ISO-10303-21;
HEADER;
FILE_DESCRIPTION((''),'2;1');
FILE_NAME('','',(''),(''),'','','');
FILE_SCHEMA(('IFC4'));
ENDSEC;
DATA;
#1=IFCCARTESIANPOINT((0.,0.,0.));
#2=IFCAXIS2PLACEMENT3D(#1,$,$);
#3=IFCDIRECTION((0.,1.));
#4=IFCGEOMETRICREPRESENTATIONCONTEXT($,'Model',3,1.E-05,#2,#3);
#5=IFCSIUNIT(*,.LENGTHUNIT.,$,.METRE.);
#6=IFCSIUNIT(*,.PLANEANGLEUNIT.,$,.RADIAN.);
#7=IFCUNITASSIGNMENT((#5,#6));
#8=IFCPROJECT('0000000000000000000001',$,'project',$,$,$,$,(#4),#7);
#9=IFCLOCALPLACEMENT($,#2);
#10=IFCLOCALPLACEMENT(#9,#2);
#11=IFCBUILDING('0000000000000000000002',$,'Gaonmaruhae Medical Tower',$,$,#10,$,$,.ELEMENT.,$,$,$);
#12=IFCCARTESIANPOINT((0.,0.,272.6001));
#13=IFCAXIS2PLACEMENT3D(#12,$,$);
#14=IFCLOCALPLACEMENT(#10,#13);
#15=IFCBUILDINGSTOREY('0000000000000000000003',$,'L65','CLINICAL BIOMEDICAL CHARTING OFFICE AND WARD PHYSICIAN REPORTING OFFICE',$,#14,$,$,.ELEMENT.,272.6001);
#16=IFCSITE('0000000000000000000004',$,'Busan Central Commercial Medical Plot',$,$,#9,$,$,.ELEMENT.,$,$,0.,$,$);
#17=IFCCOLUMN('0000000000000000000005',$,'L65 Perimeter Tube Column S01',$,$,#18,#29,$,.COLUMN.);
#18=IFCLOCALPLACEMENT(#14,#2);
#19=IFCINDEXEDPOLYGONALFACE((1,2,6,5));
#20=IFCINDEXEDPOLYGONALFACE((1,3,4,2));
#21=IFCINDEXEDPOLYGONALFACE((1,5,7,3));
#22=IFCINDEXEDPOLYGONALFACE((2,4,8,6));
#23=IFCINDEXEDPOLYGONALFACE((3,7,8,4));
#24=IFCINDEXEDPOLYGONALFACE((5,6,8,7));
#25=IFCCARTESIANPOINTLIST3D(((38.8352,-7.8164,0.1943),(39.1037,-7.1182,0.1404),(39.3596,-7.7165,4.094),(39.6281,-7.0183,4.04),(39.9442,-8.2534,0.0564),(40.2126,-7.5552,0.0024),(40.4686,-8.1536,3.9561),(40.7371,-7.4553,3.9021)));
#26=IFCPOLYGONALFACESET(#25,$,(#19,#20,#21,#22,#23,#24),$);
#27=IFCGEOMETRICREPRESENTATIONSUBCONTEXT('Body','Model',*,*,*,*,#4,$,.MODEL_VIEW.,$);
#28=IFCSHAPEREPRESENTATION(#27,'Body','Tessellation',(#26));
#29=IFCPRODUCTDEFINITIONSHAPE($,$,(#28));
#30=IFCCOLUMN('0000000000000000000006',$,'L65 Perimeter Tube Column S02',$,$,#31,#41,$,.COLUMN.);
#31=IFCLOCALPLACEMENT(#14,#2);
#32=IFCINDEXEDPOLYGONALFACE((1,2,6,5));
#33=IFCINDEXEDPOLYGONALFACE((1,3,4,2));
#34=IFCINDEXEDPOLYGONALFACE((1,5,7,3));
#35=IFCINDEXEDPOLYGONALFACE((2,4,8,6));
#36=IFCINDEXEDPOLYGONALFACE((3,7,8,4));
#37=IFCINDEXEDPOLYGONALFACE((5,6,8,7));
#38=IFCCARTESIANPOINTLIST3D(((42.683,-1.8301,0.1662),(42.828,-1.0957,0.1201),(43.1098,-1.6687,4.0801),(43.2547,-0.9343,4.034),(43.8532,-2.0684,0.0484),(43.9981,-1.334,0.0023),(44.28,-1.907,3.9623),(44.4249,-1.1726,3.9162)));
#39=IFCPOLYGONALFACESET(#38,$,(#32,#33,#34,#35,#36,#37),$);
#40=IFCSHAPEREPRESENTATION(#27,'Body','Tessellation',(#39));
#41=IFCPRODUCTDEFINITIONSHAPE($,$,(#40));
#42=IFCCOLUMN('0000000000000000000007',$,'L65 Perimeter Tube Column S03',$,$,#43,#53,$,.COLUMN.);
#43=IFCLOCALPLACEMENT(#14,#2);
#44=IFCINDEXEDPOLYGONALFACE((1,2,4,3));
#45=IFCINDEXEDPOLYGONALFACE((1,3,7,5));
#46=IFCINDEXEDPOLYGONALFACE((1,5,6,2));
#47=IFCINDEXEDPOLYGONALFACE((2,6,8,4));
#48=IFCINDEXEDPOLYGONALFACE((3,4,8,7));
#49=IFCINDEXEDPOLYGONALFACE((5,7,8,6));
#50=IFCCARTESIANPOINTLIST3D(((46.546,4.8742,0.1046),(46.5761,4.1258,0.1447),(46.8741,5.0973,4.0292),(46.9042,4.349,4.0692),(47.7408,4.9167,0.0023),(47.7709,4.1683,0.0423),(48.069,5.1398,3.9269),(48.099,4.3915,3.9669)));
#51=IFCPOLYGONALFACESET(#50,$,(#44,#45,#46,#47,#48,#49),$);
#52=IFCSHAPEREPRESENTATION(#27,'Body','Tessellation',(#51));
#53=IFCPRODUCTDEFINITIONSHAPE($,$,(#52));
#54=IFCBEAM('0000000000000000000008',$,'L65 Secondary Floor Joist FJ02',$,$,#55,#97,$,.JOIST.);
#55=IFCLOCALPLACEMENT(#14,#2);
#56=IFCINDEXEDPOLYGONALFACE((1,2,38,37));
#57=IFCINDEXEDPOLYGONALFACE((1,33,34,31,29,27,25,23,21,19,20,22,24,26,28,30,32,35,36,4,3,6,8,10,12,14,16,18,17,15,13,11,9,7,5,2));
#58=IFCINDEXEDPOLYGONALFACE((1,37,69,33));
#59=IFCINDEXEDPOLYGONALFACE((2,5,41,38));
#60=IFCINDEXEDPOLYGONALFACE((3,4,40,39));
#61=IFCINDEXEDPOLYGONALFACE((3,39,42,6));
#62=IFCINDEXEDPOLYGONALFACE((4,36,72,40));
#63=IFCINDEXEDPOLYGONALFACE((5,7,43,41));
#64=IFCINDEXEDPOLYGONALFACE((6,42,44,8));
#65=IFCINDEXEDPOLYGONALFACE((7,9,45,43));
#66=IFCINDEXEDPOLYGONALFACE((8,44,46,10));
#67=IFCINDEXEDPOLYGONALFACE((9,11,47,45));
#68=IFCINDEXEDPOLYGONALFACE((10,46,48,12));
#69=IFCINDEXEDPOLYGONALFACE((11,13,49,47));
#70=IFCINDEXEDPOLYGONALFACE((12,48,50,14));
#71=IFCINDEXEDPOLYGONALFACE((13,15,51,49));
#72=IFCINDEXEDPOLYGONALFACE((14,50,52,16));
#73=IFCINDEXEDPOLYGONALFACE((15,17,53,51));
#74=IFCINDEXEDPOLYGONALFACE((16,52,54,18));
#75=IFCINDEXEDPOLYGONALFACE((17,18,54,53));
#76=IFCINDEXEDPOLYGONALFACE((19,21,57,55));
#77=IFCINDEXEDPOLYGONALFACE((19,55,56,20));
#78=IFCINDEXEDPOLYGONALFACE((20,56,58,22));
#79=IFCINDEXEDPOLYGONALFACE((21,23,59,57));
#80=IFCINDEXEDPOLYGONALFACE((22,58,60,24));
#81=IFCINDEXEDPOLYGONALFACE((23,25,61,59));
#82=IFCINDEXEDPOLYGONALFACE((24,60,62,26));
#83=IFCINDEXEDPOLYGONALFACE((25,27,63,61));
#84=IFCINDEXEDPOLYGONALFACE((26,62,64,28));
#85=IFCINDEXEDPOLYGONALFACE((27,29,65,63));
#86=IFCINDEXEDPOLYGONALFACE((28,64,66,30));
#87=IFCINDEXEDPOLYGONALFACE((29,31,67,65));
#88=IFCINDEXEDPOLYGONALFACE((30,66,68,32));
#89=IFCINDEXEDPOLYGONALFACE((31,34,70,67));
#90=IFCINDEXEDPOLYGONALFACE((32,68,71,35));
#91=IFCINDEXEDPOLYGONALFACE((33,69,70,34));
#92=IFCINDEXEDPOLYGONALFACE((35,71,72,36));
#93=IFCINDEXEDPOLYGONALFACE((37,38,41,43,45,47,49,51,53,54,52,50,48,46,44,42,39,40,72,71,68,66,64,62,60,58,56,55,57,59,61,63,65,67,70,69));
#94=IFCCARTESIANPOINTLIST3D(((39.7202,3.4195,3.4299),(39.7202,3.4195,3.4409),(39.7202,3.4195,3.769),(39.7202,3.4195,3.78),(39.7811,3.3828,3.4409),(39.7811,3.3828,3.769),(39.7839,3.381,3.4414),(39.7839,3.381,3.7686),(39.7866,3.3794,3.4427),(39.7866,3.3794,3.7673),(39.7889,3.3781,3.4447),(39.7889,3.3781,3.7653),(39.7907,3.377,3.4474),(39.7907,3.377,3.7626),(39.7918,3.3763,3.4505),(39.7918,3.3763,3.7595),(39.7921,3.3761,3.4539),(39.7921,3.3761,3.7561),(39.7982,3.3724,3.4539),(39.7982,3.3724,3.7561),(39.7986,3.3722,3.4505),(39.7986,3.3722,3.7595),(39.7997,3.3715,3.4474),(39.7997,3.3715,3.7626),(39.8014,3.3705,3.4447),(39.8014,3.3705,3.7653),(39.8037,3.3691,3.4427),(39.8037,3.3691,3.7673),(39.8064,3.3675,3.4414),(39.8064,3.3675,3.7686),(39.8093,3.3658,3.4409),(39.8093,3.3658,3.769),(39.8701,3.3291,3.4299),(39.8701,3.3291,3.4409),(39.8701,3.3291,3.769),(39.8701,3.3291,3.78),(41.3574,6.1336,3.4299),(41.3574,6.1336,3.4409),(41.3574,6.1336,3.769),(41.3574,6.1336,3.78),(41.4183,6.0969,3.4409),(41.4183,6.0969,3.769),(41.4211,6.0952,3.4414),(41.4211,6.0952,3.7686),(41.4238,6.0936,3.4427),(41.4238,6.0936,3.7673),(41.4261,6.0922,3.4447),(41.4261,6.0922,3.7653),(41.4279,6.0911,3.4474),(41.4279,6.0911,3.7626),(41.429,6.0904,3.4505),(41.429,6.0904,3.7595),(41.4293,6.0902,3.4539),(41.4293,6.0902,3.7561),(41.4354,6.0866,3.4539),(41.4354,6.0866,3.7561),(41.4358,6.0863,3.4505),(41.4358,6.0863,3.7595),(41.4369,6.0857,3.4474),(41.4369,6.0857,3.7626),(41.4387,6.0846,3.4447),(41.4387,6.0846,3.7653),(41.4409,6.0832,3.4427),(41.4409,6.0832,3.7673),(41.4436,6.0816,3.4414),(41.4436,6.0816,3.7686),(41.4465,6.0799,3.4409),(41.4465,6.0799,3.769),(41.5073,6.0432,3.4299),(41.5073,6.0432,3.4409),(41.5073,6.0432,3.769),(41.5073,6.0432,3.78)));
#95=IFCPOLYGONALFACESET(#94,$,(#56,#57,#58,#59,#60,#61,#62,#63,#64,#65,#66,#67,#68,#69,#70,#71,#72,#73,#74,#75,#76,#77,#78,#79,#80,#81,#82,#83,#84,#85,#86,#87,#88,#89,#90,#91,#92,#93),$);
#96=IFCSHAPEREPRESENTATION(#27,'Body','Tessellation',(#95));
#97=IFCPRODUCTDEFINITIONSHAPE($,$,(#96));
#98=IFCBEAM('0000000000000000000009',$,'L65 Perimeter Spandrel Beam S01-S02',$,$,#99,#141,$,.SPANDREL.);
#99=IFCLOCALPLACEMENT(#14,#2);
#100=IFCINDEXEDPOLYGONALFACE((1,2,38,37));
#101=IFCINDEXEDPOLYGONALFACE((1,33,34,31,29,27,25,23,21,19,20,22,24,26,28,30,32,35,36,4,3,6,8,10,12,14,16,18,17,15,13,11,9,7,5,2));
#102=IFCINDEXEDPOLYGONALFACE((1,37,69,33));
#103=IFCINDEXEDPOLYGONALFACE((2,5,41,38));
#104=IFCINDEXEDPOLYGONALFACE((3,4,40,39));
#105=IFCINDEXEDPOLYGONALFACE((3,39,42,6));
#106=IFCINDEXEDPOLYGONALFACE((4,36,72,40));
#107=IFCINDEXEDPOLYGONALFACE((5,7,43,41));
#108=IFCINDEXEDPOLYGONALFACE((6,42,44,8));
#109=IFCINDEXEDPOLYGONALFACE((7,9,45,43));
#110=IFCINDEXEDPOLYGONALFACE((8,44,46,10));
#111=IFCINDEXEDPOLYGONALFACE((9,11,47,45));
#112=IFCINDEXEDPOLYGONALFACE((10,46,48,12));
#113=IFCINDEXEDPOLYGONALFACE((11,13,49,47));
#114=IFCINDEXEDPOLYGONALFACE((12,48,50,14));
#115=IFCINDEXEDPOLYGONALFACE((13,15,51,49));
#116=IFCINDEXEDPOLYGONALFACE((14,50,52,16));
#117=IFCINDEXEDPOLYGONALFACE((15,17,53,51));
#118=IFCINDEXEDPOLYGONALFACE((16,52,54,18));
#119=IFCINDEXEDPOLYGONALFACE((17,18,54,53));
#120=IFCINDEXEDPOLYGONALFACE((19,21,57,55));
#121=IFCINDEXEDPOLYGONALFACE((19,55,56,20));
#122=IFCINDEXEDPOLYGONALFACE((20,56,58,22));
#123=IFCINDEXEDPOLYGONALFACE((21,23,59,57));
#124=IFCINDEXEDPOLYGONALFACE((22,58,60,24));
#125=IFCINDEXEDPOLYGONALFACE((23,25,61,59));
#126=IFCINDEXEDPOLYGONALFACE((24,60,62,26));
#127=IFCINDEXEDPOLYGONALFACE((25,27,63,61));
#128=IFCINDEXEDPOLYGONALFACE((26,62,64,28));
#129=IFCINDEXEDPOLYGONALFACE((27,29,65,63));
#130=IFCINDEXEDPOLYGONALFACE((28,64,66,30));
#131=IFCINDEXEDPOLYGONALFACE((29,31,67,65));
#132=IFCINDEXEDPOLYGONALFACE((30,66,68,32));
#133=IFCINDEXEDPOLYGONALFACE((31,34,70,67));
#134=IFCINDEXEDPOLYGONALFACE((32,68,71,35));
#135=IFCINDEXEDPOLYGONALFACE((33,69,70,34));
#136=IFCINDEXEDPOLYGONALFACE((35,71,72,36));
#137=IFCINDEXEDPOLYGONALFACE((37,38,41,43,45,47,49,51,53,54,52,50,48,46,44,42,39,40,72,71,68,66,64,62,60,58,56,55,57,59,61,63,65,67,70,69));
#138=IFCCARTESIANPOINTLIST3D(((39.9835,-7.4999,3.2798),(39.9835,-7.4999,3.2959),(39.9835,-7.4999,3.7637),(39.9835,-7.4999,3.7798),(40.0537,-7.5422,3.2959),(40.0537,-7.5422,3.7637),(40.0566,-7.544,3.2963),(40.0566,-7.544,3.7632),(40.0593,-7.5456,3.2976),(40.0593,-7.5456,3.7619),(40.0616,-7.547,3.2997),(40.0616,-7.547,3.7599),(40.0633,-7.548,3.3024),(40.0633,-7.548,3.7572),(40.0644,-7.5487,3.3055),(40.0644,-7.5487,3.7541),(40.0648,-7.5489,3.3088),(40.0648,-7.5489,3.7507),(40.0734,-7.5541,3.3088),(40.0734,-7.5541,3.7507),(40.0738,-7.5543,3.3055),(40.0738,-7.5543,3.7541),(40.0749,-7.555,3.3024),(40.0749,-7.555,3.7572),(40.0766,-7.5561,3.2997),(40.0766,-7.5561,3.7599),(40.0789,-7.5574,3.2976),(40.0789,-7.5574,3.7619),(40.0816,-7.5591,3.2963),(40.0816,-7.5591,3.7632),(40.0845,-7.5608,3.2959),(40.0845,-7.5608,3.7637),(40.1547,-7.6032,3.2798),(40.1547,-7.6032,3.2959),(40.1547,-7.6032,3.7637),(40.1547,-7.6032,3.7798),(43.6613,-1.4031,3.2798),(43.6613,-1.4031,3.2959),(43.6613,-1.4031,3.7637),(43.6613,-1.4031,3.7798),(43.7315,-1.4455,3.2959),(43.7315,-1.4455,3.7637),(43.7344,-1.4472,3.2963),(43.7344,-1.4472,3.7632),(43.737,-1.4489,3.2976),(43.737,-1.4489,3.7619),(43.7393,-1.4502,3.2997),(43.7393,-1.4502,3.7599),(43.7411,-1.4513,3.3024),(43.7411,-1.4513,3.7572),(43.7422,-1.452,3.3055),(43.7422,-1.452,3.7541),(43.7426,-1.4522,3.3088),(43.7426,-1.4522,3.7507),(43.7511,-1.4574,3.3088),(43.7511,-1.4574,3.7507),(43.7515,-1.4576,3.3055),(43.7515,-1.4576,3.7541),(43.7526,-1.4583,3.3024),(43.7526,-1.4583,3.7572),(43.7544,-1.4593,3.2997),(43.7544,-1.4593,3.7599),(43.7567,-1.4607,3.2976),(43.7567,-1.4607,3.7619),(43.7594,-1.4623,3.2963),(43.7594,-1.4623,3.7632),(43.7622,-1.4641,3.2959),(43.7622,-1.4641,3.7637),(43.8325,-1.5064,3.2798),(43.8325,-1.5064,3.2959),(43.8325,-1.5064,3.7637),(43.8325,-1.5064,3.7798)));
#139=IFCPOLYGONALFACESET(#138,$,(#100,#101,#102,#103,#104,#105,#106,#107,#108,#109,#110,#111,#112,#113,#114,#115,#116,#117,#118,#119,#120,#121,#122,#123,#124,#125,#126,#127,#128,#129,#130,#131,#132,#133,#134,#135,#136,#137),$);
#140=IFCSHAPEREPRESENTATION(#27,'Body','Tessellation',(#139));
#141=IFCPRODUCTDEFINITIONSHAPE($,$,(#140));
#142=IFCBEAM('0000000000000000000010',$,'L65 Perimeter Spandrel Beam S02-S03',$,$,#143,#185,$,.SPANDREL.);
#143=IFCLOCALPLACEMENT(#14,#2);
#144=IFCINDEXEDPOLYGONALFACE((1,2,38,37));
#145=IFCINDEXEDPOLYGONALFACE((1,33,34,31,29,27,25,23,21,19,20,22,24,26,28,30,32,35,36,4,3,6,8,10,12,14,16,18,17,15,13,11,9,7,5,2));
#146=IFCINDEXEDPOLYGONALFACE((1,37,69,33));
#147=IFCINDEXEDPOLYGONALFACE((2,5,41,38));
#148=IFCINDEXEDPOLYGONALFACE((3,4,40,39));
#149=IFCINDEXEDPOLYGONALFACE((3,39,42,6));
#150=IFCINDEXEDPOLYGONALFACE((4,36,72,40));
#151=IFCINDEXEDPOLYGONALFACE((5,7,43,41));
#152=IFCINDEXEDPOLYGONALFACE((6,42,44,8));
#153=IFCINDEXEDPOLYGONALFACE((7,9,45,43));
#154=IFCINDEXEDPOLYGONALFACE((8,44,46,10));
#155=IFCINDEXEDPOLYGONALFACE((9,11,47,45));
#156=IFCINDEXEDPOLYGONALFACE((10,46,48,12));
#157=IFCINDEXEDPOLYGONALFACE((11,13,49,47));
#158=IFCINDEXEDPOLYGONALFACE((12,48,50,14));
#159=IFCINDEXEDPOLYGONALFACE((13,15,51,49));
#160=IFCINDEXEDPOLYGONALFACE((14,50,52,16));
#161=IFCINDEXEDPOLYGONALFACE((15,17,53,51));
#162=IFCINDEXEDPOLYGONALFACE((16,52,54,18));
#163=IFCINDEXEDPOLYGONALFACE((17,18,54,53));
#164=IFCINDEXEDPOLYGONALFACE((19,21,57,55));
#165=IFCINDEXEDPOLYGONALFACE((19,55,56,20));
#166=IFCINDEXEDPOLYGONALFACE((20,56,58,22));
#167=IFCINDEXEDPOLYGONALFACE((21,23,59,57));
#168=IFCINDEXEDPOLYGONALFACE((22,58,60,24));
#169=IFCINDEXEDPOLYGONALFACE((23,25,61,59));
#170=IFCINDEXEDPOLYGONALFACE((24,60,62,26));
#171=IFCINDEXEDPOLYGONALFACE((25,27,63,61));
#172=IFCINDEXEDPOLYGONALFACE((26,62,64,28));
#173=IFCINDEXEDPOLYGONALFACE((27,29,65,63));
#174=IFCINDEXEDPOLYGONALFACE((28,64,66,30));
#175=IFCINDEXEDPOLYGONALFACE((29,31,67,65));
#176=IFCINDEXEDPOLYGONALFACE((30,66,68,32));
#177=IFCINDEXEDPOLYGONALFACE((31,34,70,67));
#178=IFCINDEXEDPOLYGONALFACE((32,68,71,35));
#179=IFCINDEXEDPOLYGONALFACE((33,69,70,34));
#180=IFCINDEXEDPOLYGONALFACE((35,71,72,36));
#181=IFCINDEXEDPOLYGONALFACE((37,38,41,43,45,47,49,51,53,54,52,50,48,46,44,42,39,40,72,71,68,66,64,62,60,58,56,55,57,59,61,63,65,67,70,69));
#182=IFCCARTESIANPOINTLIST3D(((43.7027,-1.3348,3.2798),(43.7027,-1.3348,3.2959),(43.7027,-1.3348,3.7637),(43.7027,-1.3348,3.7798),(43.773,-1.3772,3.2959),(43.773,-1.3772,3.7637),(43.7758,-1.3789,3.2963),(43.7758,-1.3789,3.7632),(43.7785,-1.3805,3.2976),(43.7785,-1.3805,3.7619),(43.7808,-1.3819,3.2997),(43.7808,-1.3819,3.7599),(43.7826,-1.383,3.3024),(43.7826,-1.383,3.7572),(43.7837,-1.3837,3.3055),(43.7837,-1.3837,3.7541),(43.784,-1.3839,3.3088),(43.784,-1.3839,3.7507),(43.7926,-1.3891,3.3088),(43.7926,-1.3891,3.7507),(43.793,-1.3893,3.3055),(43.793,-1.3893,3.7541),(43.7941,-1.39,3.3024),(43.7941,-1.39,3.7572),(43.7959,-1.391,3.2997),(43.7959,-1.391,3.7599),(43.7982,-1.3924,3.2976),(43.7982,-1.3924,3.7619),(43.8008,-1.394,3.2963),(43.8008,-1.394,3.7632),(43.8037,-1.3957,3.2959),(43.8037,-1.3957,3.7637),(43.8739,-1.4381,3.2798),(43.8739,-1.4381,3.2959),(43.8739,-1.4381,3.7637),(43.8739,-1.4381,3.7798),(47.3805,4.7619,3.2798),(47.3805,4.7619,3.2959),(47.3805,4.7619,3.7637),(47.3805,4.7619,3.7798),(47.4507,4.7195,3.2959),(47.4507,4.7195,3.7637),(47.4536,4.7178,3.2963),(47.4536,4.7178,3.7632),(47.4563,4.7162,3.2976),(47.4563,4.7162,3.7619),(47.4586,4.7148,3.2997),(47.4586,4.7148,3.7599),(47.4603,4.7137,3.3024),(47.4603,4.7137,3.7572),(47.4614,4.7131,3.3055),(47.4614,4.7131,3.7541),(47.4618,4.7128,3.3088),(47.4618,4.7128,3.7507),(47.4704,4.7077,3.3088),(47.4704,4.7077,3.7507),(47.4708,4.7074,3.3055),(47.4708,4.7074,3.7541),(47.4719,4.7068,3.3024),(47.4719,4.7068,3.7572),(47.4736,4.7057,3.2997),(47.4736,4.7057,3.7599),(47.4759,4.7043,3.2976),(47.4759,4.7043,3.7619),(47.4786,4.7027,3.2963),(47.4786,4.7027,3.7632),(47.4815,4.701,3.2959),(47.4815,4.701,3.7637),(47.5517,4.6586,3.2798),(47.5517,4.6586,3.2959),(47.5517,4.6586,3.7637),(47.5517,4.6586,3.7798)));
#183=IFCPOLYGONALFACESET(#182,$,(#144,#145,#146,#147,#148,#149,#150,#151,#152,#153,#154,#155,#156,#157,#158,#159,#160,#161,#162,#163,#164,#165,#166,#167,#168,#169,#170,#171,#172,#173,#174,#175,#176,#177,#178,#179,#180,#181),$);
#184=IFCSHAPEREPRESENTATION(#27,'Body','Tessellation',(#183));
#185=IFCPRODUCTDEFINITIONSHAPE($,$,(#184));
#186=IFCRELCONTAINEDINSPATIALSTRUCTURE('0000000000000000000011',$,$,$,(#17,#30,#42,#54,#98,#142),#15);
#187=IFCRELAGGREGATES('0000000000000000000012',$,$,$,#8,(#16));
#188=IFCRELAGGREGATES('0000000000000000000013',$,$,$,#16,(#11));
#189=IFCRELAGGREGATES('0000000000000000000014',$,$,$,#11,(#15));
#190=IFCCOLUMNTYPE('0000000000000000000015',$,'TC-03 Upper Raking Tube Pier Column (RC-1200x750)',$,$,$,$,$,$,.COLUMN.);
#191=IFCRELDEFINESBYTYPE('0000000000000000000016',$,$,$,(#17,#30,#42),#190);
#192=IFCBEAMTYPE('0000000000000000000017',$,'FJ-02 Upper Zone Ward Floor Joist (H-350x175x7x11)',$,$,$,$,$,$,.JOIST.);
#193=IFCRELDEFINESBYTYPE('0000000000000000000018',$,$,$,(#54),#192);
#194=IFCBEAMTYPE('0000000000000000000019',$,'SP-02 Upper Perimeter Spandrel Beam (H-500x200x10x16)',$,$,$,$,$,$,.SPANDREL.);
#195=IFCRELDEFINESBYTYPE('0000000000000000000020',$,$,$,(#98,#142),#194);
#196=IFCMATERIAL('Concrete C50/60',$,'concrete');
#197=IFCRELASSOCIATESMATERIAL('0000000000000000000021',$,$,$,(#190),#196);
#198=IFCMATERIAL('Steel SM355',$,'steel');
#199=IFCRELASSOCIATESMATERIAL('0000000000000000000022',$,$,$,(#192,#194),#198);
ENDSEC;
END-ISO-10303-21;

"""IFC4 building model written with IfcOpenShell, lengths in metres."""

from ifc_helpers import new_model, si_unit, direction, frame, origin, origin_2d, place, context, subcontext, project, spatial, rectangle, i_section, extrude, material, material_profile, profile_set, type_object, element, save


model = new_model("IFC4")

# Units and contexts
model_context = context("Model", 3, precision=1e-05, world=origin(), true_north=direction((0.0, 1.0)))
body_context = subcontext(model_context, "Body", "Model", "MODEL_VIEW")
ifc_project = project(units=[si_unit("LENGTHUNIT", "METRE"), si_unit("PLANEANGLEUNIT", "RADIAN")], contexts=[model_context])

# Site, building, storey
site_placement = place(None, origin())
site = spatial("IfcSite", under=ifc_project, at=site_placement, Name="Busan Central Commercial Medical Plot", CompositionType="ELEMENT", RefElevation=0.0)
building_placement = place(site_placement, origin())
building = spatial("IfcBuilding", under=site, at=building_placement, Name="Gaonmaruhae Medical Tower", CompositionType="ELEMENT")
storey_placement = place(building_placement, frame((0.0, 0.0, 272.6001)))
storey = spatial("IfcBuildingStorey", under=building, at=storey_placement, Name="L65", Description="CLINICAL BIOMEDICAL CHARTING OFFICE AND WARD PHYSICIAN REPORTING OFFICE", CompositionType="ELEMENT", Elevation=272.6001)

# Columns
ifc_material_1 = material(Name="Concrete C50/60", Category="concrete")
ifc_material_profile_1 = material_profile(ifc_material_1, rectangle(XDim=1.2, YDim=0.75, at=origin_2d()), Name="RC-1200x750")
ifc_profile_set_1 = profile_set([ifc_material_profile_1], Name="Concrete C50/60")
column_type = type_object("IfcColumnType", Name="TC-03 Upper Raking Tube Pier Column (RC-1200x750)", PredefinedType="COLUMN", material=ifc_profile_set_1)
column_1_placement = place(storey_placement, frame((39.5239, -7.6858, 0.0984), z_axis=(0.133234, 0.025369, 0.99076), x_axis=(-0.924192, 0.364218, 0.114956)))
element("IfcColumn", 1, at=column_1_placement, inside=storey, type_object=column_type, Name="L65 Perimeter Tube Column S01", PredefinedType="COLUMN", context=body_context, shape_type="SweptSolid", body=[
    extrude(rectangle(XDim=1.2, YDim=0.75, at=origin_2d()), origin(), (0.0, 0.0, 1.0), 3.936),
])
column_2_placement = place(storey_placement, frame((43.3406, -1.582, 0.0842), z_axis=(0.108305, 0.040955, 0.993274), x_axis=(-0.975159, 0.19858, 0.098142)))
element("IfcColumn", 2, at=column_2_placement, inside=storey, type_object=column_type, Name="L65 Perimeter Tube Column S02", PredefinedType="COLUMN", context=body_context, shape_type="SweptSolid", body=[
    extrude(rectangle(XDim=1.2, YDim=0.75, at=origin_2d()), origin(), (0.0, 0.0, 1.0), 3.9404),
])
column_3_placement = place(storey_placement, frame((47.1584, 4.5212, 0.0735), z_axis=(0.083184, 0.05657, 0.994927), x_axis=(-0.995729, -0.035412, 0.085264)))
element("IfcColumn", 3, at=column_3_placement, inside=storey, type_object=column_type, Name="L65 Perimeter Tube Column S03", PredefinedType="COLUMN", context=body_context, shape_type="SweptSolid", body=[
    extrude(rectangle(XDim=1.2, YDim=0.75, at=origin_2d()), origin(), (0.0, 0.0, 1.0), 3.9446),
])

# Beams
ifc_material_2 = material(Name="Steel SM355", Category="steel")
ifc_material_profile_2 = material_profile(ifc_material_2, i_section(OverallWidth=0.175, OverallDepth=0.3501, WebThickness=0.0071, FlangeThickness=0.011, FilletRadius=0.0129, at=origin_2d()), Name="H-350x175x7x11")
ifc_profile_set_2 = profile_set([ifc_material_profile_2], Name="Steel SM355")
beam_type_1 = type_object("IfcBeamType", Name="FJ-02 Upper Zone Ward Floor Joist (H-350x175x7x11)", PredefinedType="JOIST", material=ifc_profile_set_2)
beam_1_placement = place(storey_placement, frame((39.7952, 3.3743, 3.605), z_axis=(0.516522, 0.856274, 0.0), x_axis=(-0.856274, 0.516522, 0.0)))
element("IfcBeam", 4, at=beam_1_placement, inside=storey, type_object=beam_type_1, Name="L65 Secondary Floor Joist FJ02", PredefinedType="JOIST", context=body_context, shape_type="SweptSolid", body=[
    extrude(i_section(OverallWidth=0.175, OverallDepth=0.3501, WebThickness=0.0071, FlangeThickness=0.011, FilletRadius=0.0129, at=origin_2d()), origin(), (0.0, 0.0, 1.0), 3.1697),
])
ifc_material_profile_3 = material_profile(ifc_material_2, i_section(OverallWidth=0.2, OverallDepth=0.5, WebThickness=0.01, FlangeThickness=0.0161, FilletRadius=0.0129, at=origin_2d()), Name="H-500x200x10x16")
ifc_profile_set_3 = profile_set([ifc_material_profile_3], Name="Steel SM355")
beam_type_2 = type_object("IfcBeamType", Name="SP-02 Upper Perimeter Spandrel Beam (H-500x200x10x16)", PredefinedType="SPANDREL", material=ifc_profile_set_3)
for number, where, z_axis, x_axis, name in (
    (5, (40.0691, -7.5515, 3.5298), (0.516531, 0.856268, 0.0), (-0.856268, 0.516531, 0.0), "L65 Perimeter Spandrel Beam S01-S02"),
    (6, (43.7883, -1.3865, 3.5298), (0.516531, 0.856268, 0.0), (-0.856268, 0.516531, 0.0), "L65 Perimeter Spandrel Beam S02-S03"),
):
    element("IfcBeam", number, at=place(storey_placement, frame(where, z_axis=z_axis, x_axis=x_axis)), inside=storey, type_object=beam_type_2, Name=name, PredefinedType="SPANDREL", context=body_context, shape_type="SweptSolid", body=[
        extrude(i_section(OverallWidth=0.2, OverallDepth=0.5, WebThickness=0.01, FlangeThickness=0.0161, FilletRadius=0.0129, at=origin_2d()), origin(), (0.0, 0.0, 1.0), 7.1201),
    ])

save(model, "model.ifc")
